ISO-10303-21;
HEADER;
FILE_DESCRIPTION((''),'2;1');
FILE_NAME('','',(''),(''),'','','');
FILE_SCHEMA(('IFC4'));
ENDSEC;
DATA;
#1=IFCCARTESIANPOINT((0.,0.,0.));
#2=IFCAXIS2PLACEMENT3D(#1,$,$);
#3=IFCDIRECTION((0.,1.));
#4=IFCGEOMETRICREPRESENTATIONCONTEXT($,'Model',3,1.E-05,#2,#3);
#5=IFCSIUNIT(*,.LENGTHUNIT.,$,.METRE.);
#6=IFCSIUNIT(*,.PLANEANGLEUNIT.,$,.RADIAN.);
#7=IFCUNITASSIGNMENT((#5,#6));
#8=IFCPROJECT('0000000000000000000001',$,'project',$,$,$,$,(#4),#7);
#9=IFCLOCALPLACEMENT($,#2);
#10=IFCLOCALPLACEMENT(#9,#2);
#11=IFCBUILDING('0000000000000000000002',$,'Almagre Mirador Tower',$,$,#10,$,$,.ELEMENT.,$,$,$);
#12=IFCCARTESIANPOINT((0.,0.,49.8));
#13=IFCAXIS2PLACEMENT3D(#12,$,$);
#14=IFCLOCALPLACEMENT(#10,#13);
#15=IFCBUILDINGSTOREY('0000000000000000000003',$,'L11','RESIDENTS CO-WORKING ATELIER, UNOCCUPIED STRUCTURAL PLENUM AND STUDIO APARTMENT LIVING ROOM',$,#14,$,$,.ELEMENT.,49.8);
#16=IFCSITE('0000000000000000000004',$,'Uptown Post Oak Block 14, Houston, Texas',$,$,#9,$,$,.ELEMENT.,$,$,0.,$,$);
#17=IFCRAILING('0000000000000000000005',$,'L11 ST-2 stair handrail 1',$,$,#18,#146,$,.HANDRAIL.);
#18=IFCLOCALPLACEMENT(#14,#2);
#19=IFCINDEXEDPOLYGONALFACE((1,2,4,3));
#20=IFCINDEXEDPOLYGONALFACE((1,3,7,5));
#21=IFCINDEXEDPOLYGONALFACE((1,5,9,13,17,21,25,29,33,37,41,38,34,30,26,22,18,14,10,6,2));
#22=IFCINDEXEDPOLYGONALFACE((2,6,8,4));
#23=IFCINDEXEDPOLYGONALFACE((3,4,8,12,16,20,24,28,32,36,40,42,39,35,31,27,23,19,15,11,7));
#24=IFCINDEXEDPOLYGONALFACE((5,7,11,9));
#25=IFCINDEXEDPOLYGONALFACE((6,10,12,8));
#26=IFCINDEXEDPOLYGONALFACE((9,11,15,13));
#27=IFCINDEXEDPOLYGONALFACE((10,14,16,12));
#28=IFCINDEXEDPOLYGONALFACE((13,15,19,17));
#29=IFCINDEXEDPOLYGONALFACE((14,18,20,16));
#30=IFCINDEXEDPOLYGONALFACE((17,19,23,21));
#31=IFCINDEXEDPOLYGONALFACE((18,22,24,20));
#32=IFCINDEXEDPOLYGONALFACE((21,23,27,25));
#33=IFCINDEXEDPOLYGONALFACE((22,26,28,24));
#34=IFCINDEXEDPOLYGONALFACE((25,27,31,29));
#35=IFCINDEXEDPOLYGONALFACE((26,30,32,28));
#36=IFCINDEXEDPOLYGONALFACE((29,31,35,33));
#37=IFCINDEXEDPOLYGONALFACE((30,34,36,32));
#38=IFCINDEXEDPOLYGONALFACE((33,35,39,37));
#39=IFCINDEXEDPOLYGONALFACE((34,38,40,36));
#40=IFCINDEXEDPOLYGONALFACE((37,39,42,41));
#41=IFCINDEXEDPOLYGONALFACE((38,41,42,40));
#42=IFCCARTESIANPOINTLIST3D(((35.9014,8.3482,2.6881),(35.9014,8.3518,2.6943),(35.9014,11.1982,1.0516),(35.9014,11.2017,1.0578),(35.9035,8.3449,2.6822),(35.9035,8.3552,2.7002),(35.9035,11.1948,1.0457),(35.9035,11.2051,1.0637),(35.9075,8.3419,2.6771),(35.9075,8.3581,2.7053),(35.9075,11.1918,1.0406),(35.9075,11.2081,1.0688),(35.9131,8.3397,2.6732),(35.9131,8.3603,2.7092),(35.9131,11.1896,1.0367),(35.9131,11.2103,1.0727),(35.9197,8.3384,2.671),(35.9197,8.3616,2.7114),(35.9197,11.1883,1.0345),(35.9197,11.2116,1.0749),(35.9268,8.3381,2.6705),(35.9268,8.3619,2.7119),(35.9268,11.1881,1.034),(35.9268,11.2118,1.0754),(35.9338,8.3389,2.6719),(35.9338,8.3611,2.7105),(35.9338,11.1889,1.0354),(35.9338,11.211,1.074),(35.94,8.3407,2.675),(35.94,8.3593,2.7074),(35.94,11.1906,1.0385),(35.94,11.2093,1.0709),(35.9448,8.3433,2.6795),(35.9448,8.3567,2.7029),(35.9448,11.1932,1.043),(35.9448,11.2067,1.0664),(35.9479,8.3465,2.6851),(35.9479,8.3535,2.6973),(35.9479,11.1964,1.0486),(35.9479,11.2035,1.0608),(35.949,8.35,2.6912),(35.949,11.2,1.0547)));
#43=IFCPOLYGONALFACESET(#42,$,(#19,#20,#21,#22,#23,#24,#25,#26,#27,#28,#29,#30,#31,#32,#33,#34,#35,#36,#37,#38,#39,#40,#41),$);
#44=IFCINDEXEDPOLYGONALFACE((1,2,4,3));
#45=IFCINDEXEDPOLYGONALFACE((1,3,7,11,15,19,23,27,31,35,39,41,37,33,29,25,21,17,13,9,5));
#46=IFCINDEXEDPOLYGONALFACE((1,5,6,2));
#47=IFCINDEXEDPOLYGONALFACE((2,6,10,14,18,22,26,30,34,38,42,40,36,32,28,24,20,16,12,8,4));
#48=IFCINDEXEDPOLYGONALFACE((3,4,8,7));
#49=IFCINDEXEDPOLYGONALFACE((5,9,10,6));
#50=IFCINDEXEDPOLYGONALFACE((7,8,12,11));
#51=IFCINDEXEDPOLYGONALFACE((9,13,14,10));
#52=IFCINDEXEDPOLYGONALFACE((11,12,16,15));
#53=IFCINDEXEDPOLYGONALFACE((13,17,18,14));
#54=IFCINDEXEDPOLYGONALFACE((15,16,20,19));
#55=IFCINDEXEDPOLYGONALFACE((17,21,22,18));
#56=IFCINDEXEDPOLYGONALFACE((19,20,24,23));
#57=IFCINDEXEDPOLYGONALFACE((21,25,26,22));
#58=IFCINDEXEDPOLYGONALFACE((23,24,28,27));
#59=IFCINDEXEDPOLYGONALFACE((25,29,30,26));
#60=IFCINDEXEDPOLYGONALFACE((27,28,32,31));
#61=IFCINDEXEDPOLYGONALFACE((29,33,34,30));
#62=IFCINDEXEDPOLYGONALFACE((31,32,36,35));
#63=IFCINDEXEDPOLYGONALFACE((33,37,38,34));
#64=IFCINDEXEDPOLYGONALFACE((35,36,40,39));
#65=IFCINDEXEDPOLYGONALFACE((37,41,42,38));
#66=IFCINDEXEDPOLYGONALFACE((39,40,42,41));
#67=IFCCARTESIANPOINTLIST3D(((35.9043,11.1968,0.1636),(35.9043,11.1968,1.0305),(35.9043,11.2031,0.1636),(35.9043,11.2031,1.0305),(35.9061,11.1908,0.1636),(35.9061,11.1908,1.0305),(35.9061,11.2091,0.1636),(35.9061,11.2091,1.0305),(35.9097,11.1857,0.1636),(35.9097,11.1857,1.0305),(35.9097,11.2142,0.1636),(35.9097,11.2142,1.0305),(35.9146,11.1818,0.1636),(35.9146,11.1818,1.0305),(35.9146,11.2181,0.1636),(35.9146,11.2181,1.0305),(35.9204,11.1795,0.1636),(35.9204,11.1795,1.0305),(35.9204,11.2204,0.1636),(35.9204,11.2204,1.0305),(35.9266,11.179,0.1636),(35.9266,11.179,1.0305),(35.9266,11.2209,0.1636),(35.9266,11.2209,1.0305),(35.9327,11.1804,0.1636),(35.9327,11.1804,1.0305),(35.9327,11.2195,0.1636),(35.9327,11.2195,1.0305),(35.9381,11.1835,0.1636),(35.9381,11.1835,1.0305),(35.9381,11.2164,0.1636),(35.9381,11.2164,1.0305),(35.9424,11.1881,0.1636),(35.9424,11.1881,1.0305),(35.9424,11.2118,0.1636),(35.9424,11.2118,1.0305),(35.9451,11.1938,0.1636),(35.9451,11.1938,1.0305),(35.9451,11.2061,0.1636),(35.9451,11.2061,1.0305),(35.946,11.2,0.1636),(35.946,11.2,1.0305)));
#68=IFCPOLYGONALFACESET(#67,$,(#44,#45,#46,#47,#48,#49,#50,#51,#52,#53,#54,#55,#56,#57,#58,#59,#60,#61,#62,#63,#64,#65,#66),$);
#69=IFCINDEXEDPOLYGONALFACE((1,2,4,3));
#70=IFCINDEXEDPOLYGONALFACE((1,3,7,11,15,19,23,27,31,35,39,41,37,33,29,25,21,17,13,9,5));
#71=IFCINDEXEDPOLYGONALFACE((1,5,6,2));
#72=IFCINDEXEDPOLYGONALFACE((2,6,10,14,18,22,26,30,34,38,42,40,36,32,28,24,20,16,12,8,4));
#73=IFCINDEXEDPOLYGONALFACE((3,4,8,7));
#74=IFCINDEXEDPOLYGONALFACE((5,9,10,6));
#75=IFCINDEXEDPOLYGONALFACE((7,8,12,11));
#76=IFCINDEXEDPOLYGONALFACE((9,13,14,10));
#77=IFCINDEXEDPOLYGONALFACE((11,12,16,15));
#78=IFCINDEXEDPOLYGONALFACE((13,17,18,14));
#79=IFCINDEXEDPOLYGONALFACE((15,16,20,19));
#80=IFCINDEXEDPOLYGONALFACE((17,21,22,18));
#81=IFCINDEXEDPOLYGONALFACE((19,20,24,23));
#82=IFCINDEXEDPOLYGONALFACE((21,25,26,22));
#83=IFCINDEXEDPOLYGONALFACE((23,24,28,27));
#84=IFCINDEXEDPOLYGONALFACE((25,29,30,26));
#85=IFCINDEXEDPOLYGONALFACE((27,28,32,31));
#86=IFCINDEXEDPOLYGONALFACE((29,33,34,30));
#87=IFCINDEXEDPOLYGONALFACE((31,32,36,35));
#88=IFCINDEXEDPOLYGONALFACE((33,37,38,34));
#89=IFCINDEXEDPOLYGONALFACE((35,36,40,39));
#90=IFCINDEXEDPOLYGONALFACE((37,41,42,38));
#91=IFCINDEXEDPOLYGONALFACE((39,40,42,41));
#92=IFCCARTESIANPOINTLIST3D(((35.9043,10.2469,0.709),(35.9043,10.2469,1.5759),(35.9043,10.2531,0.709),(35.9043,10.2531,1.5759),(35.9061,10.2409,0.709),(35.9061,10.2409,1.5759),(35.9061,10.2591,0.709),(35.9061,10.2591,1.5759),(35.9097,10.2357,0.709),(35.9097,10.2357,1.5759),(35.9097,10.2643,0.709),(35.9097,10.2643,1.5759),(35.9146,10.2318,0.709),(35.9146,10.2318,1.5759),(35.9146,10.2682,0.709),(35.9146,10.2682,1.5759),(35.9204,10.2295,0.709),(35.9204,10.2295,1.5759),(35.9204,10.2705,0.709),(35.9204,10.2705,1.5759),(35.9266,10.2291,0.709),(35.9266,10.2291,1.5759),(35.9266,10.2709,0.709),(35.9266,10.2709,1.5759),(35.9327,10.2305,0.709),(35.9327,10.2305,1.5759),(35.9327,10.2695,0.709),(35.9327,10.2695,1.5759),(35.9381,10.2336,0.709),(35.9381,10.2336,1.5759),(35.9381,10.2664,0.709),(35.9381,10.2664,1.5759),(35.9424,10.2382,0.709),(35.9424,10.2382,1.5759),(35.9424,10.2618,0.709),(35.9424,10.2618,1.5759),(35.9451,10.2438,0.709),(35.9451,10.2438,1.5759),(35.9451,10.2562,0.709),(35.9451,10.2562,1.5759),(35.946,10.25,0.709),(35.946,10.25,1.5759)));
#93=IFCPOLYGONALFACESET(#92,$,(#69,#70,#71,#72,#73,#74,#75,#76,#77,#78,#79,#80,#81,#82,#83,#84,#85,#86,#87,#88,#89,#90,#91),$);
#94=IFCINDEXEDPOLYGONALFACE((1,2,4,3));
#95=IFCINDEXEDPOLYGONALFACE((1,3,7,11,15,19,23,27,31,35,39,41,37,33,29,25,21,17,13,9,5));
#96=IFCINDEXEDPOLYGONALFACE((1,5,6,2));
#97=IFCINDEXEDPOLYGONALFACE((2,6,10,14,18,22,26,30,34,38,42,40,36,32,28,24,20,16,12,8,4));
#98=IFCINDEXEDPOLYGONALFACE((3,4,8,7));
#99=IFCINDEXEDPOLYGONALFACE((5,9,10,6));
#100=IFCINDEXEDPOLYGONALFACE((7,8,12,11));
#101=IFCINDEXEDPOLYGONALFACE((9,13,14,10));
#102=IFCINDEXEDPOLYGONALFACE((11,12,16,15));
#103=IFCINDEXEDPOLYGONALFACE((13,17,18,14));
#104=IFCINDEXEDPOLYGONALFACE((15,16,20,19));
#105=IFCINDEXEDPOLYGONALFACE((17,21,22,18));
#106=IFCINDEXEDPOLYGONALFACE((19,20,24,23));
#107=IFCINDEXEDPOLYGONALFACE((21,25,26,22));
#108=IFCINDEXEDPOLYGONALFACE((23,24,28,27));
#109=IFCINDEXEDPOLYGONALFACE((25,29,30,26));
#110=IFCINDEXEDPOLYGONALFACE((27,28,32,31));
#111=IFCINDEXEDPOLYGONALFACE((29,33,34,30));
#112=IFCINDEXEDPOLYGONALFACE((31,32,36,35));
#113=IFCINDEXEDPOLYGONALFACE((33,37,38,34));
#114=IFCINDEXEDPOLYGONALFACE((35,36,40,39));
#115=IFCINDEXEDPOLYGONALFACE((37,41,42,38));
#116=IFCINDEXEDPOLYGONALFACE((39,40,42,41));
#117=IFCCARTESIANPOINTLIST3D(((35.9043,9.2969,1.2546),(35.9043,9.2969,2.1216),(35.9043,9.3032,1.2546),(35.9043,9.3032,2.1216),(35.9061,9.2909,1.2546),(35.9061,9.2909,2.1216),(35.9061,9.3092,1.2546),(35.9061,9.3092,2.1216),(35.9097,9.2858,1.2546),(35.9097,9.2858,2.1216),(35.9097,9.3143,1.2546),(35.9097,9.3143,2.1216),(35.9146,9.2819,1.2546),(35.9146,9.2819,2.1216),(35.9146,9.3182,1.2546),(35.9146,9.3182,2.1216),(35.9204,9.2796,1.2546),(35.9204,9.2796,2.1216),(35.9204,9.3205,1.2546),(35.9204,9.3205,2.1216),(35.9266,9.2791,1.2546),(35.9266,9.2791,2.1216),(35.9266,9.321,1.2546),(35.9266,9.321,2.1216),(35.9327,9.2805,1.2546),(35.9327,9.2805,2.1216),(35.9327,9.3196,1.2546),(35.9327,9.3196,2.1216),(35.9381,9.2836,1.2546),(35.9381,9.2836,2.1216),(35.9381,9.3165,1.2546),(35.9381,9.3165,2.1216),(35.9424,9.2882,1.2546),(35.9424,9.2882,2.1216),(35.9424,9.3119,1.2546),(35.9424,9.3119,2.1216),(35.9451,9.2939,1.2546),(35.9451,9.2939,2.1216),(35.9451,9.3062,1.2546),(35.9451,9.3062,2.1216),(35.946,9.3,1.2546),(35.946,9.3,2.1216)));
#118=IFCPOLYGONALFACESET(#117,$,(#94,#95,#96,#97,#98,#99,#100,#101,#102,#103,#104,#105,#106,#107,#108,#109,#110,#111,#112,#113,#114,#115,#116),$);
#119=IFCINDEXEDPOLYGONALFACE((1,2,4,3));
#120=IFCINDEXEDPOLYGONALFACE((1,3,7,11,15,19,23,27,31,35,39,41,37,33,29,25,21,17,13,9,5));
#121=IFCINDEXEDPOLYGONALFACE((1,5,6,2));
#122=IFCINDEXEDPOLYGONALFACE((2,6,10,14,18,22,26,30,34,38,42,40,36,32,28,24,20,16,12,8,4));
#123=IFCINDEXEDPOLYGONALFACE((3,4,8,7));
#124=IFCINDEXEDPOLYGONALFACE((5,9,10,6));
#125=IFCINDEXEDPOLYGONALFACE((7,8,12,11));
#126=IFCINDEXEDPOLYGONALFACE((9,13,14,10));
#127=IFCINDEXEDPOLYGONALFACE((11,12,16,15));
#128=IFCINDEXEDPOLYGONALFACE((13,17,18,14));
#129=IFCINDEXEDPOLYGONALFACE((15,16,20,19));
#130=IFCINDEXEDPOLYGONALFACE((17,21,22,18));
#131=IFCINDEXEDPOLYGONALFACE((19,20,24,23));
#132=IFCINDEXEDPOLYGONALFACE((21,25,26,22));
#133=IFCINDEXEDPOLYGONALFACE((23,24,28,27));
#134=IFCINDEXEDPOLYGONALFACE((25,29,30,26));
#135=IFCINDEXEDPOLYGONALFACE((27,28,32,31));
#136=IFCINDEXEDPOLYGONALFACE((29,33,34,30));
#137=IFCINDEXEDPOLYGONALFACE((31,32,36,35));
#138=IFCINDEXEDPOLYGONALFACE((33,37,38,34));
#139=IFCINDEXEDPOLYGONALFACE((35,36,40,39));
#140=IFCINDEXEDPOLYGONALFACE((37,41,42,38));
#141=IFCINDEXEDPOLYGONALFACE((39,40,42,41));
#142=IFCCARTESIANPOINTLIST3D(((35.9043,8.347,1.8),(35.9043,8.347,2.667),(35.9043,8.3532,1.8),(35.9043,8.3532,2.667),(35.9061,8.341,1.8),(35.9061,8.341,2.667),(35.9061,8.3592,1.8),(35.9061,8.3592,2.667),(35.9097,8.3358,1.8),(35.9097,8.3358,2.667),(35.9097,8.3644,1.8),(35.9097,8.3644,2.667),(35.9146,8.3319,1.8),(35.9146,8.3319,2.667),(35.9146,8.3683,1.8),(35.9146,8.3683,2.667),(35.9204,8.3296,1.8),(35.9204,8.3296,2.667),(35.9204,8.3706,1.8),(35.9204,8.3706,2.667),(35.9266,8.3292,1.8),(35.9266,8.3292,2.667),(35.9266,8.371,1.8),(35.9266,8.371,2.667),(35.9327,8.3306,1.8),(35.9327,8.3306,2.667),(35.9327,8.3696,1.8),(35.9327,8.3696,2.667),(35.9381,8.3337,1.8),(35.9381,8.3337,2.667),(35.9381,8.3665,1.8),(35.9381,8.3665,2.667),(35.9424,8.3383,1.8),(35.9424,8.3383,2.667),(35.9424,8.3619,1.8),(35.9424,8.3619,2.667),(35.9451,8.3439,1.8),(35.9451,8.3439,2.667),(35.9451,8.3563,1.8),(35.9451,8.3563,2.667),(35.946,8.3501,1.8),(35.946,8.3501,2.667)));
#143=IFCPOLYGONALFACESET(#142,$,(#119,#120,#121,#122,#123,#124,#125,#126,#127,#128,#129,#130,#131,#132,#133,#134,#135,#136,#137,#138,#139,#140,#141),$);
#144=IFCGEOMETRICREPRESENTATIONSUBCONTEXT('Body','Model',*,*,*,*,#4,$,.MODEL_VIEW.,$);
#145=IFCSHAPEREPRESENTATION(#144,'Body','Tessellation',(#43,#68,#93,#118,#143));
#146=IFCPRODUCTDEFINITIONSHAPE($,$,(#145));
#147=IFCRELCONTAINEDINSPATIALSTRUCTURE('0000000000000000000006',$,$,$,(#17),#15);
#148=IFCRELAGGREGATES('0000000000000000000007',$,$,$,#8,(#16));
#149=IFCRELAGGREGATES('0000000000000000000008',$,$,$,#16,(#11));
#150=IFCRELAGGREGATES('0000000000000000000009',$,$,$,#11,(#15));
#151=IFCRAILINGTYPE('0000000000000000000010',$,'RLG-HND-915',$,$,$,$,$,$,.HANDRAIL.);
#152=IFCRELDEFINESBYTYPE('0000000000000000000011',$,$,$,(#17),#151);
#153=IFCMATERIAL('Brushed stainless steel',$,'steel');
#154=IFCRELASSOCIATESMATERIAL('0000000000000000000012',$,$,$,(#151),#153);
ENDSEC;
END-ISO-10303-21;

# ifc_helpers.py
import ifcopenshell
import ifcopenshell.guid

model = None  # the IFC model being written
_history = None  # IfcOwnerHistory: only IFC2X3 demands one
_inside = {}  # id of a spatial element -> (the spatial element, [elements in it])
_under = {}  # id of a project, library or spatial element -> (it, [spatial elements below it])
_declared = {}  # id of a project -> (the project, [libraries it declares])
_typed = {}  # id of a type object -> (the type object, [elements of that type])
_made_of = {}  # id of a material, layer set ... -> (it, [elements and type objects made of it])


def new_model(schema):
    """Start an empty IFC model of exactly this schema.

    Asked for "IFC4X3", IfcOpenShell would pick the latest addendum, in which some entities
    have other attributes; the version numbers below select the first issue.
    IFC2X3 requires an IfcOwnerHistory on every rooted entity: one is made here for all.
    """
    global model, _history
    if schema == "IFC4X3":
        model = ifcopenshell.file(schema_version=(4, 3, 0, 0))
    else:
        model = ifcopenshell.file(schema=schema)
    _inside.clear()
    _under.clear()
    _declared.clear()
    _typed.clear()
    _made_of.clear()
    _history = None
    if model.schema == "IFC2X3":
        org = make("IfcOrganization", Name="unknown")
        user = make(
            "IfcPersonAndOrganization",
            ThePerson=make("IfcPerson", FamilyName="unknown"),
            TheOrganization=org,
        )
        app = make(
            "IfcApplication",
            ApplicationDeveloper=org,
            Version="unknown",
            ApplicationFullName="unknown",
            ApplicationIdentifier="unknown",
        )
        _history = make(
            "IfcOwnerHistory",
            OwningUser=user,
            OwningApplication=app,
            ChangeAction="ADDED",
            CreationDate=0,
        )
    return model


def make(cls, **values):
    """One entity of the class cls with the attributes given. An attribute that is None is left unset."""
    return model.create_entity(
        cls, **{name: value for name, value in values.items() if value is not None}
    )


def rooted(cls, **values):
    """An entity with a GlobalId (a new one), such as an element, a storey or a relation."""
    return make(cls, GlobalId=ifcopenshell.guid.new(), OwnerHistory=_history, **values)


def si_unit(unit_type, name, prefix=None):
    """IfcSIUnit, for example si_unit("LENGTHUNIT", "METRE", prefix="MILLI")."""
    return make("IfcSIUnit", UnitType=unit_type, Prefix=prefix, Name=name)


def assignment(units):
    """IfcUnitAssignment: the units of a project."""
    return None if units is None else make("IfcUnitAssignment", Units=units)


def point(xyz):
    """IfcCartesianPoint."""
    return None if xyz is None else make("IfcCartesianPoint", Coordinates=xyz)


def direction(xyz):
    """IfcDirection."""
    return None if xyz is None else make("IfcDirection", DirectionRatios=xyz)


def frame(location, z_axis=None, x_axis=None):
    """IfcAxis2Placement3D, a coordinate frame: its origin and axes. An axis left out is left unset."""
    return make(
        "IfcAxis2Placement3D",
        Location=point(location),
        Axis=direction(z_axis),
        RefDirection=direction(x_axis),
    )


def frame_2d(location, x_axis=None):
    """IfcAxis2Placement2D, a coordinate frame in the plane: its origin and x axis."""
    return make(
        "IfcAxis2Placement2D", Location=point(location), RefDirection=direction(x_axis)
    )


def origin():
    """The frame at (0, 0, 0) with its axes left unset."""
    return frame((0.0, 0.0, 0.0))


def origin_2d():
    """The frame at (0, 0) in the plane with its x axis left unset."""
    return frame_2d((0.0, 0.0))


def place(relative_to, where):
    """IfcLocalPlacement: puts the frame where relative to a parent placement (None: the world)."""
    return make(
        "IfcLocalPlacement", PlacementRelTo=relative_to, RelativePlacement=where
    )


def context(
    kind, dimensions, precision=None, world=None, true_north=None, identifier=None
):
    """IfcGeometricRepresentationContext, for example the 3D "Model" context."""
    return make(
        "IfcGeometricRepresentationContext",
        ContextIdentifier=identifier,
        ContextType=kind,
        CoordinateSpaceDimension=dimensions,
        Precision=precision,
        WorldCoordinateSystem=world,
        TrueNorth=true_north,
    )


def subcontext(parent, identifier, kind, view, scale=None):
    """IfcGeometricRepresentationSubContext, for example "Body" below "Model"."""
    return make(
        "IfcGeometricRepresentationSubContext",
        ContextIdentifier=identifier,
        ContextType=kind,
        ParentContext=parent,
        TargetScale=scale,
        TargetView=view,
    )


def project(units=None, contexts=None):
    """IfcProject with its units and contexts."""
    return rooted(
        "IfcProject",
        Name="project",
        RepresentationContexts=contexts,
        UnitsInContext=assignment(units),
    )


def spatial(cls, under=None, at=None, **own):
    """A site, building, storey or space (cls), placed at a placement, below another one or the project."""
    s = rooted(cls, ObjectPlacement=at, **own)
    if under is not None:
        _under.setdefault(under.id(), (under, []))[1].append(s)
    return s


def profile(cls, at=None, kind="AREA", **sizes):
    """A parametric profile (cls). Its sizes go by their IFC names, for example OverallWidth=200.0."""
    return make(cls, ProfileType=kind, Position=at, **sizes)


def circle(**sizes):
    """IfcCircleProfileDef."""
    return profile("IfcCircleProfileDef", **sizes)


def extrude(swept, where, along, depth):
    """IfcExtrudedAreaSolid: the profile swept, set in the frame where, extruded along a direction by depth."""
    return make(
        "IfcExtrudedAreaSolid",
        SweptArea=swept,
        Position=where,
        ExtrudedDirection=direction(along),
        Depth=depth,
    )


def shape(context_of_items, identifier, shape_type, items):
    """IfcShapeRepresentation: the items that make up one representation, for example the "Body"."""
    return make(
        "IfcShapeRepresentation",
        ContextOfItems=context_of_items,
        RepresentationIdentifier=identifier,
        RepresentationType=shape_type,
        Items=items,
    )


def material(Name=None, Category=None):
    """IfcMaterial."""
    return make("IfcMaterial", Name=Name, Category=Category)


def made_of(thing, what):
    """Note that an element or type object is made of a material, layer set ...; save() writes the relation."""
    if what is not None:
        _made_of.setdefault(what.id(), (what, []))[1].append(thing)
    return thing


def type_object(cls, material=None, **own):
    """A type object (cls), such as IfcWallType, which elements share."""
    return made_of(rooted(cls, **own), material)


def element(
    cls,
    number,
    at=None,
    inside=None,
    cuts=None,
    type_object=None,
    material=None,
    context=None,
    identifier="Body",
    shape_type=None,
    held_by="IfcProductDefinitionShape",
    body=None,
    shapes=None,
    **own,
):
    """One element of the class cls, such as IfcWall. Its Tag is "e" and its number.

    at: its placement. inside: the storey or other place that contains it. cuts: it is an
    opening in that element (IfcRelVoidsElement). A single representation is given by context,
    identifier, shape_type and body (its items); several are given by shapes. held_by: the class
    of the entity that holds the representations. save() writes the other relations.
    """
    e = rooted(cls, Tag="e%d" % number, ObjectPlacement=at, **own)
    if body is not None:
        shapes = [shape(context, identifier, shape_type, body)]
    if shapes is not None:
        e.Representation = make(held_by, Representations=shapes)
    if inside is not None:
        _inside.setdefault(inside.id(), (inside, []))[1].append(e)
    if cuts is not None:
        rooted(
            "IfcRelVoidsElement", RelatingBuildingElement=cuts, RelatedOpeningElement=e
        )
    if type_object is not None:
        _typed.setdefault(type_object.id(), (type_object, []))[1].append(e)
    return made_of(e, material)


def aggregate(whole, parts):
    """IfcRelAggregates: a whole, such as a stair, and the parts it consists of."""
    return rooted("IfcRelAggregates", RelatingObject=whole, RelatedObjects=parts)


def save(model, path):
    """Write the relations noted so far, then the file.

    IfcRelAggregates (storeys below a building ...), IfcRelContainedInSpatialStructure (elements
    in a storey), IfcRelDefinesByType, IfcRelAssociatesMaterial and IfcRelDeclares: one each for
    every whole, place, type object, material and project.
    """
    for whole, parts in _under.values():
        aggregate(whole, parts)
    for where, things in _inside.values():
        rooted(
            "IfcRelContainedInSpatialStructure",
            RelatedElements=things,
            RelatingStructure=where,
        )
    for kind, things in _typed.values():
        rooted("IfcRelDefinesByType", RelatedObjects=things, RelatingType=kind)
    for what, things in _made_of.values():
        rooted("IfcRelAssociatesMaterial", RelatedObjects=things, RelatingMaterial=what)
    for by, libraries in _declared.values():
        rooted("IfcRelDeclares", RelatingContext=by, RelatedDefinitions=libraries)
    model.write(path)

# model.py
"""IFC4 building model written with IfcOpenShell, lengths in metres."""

from ifc_helpers import new_model, si_unit, direction, frame, origin, origin_2d, place, context, subcontext, project, spatial, circle, extrude, material, type_object, element, save


model = new_model("IFC4")

# Units and contexts
model_context = context("Model", 3, precision=1e-05, world=origin(), true_north=direction((0.0, 1.0)))
body_context = subcontext(model_context, "Body", "Model", "MODEL_VIEW")
ifc_project = project(units=[si_unit("LENGTHUNIT", "METRE"), si_unit("PLANEANGLEUNIT", "RADIAN")], contexts=[model_context])

# Site, building, storey
site_placement = place(None, origin())
site = spatial("IfcSite", under=ifc_project, at=site_placement, Name="Uptown Post Oak Block 14, Houston, Texas", CompositionType="ELEMENT", RefElevation=0.0)
building_placement = place(site_placement, origin())
building = spatial("IfcBuilding", under=site, at=building_placement, Name="Almagre Mirador Tower", CompositionType="ELEMENT")
storey_placement = place(building_placement, frame((0.0, 0.0, 49.8)))
storey = spatial("IfcBuildingStorey", under=building, at=storey_placement, Name="L11", Description="RESIDENTS CO-WORKING ATELIER, UNOCCUPIED STRUCTURAL PLENUM AND STUDIO APARTMENT LIVING ROOM", CompositionType="ELEMENT", Elevation=49.8)

# Railing
ifc_material_1 = material(Name="Brushed stainless steel", Category="steel")
railing_type_1 = type_object("IfcRailingType", Name="RLG-HND-915", PredefinedType="HANDRAIL", material=ifc_material_1)
railing_1_placement = place(storey_placement, frame((35.925, 11.2, 0.1636)))
element("IfcRailing", 1, at=railing_1_placement, inside=storey, type_object=railing_type_1, Name="L11 ST-2 stair handrail 1", PredefinedType="HANDRAIL", context=body_context, shape_type="SweptSolid", body=[
    extrude(circle(Radius=0.0239, at=origin_2d()), frame((0.0, 0.0, 0.8911), z_axis=(0.0, -0.867194, 0.49797), x_axis=(1.0, 0.0, 0.0)), (0.0, 0.0, 1.0), 3.2864),
    extrude(circle(Radius=0.021, at=origin_2d()), origin(), (0.0, 0.0, 1.0), 0.8669),
    extrude(circle(Radius=0.021, at=origin_2d()), frame((0.0, -0.95, 0.5454)), (0.0, 0.0, 1.0), 0.8669),
    extrude(circle(Radius=0.021, at=origin_2d()), frame((0.0, -1.8999, 1.0911)), (0.0, 0.0, 1.0), 0.8669),
    extrude(circle(Radius=0.021, at=origin_2d()), frame((0.0, -2.8499, 1.6365)), (0.0, 0.0, 1.0), 0.8669),
])

save(model, "model.ifc")
